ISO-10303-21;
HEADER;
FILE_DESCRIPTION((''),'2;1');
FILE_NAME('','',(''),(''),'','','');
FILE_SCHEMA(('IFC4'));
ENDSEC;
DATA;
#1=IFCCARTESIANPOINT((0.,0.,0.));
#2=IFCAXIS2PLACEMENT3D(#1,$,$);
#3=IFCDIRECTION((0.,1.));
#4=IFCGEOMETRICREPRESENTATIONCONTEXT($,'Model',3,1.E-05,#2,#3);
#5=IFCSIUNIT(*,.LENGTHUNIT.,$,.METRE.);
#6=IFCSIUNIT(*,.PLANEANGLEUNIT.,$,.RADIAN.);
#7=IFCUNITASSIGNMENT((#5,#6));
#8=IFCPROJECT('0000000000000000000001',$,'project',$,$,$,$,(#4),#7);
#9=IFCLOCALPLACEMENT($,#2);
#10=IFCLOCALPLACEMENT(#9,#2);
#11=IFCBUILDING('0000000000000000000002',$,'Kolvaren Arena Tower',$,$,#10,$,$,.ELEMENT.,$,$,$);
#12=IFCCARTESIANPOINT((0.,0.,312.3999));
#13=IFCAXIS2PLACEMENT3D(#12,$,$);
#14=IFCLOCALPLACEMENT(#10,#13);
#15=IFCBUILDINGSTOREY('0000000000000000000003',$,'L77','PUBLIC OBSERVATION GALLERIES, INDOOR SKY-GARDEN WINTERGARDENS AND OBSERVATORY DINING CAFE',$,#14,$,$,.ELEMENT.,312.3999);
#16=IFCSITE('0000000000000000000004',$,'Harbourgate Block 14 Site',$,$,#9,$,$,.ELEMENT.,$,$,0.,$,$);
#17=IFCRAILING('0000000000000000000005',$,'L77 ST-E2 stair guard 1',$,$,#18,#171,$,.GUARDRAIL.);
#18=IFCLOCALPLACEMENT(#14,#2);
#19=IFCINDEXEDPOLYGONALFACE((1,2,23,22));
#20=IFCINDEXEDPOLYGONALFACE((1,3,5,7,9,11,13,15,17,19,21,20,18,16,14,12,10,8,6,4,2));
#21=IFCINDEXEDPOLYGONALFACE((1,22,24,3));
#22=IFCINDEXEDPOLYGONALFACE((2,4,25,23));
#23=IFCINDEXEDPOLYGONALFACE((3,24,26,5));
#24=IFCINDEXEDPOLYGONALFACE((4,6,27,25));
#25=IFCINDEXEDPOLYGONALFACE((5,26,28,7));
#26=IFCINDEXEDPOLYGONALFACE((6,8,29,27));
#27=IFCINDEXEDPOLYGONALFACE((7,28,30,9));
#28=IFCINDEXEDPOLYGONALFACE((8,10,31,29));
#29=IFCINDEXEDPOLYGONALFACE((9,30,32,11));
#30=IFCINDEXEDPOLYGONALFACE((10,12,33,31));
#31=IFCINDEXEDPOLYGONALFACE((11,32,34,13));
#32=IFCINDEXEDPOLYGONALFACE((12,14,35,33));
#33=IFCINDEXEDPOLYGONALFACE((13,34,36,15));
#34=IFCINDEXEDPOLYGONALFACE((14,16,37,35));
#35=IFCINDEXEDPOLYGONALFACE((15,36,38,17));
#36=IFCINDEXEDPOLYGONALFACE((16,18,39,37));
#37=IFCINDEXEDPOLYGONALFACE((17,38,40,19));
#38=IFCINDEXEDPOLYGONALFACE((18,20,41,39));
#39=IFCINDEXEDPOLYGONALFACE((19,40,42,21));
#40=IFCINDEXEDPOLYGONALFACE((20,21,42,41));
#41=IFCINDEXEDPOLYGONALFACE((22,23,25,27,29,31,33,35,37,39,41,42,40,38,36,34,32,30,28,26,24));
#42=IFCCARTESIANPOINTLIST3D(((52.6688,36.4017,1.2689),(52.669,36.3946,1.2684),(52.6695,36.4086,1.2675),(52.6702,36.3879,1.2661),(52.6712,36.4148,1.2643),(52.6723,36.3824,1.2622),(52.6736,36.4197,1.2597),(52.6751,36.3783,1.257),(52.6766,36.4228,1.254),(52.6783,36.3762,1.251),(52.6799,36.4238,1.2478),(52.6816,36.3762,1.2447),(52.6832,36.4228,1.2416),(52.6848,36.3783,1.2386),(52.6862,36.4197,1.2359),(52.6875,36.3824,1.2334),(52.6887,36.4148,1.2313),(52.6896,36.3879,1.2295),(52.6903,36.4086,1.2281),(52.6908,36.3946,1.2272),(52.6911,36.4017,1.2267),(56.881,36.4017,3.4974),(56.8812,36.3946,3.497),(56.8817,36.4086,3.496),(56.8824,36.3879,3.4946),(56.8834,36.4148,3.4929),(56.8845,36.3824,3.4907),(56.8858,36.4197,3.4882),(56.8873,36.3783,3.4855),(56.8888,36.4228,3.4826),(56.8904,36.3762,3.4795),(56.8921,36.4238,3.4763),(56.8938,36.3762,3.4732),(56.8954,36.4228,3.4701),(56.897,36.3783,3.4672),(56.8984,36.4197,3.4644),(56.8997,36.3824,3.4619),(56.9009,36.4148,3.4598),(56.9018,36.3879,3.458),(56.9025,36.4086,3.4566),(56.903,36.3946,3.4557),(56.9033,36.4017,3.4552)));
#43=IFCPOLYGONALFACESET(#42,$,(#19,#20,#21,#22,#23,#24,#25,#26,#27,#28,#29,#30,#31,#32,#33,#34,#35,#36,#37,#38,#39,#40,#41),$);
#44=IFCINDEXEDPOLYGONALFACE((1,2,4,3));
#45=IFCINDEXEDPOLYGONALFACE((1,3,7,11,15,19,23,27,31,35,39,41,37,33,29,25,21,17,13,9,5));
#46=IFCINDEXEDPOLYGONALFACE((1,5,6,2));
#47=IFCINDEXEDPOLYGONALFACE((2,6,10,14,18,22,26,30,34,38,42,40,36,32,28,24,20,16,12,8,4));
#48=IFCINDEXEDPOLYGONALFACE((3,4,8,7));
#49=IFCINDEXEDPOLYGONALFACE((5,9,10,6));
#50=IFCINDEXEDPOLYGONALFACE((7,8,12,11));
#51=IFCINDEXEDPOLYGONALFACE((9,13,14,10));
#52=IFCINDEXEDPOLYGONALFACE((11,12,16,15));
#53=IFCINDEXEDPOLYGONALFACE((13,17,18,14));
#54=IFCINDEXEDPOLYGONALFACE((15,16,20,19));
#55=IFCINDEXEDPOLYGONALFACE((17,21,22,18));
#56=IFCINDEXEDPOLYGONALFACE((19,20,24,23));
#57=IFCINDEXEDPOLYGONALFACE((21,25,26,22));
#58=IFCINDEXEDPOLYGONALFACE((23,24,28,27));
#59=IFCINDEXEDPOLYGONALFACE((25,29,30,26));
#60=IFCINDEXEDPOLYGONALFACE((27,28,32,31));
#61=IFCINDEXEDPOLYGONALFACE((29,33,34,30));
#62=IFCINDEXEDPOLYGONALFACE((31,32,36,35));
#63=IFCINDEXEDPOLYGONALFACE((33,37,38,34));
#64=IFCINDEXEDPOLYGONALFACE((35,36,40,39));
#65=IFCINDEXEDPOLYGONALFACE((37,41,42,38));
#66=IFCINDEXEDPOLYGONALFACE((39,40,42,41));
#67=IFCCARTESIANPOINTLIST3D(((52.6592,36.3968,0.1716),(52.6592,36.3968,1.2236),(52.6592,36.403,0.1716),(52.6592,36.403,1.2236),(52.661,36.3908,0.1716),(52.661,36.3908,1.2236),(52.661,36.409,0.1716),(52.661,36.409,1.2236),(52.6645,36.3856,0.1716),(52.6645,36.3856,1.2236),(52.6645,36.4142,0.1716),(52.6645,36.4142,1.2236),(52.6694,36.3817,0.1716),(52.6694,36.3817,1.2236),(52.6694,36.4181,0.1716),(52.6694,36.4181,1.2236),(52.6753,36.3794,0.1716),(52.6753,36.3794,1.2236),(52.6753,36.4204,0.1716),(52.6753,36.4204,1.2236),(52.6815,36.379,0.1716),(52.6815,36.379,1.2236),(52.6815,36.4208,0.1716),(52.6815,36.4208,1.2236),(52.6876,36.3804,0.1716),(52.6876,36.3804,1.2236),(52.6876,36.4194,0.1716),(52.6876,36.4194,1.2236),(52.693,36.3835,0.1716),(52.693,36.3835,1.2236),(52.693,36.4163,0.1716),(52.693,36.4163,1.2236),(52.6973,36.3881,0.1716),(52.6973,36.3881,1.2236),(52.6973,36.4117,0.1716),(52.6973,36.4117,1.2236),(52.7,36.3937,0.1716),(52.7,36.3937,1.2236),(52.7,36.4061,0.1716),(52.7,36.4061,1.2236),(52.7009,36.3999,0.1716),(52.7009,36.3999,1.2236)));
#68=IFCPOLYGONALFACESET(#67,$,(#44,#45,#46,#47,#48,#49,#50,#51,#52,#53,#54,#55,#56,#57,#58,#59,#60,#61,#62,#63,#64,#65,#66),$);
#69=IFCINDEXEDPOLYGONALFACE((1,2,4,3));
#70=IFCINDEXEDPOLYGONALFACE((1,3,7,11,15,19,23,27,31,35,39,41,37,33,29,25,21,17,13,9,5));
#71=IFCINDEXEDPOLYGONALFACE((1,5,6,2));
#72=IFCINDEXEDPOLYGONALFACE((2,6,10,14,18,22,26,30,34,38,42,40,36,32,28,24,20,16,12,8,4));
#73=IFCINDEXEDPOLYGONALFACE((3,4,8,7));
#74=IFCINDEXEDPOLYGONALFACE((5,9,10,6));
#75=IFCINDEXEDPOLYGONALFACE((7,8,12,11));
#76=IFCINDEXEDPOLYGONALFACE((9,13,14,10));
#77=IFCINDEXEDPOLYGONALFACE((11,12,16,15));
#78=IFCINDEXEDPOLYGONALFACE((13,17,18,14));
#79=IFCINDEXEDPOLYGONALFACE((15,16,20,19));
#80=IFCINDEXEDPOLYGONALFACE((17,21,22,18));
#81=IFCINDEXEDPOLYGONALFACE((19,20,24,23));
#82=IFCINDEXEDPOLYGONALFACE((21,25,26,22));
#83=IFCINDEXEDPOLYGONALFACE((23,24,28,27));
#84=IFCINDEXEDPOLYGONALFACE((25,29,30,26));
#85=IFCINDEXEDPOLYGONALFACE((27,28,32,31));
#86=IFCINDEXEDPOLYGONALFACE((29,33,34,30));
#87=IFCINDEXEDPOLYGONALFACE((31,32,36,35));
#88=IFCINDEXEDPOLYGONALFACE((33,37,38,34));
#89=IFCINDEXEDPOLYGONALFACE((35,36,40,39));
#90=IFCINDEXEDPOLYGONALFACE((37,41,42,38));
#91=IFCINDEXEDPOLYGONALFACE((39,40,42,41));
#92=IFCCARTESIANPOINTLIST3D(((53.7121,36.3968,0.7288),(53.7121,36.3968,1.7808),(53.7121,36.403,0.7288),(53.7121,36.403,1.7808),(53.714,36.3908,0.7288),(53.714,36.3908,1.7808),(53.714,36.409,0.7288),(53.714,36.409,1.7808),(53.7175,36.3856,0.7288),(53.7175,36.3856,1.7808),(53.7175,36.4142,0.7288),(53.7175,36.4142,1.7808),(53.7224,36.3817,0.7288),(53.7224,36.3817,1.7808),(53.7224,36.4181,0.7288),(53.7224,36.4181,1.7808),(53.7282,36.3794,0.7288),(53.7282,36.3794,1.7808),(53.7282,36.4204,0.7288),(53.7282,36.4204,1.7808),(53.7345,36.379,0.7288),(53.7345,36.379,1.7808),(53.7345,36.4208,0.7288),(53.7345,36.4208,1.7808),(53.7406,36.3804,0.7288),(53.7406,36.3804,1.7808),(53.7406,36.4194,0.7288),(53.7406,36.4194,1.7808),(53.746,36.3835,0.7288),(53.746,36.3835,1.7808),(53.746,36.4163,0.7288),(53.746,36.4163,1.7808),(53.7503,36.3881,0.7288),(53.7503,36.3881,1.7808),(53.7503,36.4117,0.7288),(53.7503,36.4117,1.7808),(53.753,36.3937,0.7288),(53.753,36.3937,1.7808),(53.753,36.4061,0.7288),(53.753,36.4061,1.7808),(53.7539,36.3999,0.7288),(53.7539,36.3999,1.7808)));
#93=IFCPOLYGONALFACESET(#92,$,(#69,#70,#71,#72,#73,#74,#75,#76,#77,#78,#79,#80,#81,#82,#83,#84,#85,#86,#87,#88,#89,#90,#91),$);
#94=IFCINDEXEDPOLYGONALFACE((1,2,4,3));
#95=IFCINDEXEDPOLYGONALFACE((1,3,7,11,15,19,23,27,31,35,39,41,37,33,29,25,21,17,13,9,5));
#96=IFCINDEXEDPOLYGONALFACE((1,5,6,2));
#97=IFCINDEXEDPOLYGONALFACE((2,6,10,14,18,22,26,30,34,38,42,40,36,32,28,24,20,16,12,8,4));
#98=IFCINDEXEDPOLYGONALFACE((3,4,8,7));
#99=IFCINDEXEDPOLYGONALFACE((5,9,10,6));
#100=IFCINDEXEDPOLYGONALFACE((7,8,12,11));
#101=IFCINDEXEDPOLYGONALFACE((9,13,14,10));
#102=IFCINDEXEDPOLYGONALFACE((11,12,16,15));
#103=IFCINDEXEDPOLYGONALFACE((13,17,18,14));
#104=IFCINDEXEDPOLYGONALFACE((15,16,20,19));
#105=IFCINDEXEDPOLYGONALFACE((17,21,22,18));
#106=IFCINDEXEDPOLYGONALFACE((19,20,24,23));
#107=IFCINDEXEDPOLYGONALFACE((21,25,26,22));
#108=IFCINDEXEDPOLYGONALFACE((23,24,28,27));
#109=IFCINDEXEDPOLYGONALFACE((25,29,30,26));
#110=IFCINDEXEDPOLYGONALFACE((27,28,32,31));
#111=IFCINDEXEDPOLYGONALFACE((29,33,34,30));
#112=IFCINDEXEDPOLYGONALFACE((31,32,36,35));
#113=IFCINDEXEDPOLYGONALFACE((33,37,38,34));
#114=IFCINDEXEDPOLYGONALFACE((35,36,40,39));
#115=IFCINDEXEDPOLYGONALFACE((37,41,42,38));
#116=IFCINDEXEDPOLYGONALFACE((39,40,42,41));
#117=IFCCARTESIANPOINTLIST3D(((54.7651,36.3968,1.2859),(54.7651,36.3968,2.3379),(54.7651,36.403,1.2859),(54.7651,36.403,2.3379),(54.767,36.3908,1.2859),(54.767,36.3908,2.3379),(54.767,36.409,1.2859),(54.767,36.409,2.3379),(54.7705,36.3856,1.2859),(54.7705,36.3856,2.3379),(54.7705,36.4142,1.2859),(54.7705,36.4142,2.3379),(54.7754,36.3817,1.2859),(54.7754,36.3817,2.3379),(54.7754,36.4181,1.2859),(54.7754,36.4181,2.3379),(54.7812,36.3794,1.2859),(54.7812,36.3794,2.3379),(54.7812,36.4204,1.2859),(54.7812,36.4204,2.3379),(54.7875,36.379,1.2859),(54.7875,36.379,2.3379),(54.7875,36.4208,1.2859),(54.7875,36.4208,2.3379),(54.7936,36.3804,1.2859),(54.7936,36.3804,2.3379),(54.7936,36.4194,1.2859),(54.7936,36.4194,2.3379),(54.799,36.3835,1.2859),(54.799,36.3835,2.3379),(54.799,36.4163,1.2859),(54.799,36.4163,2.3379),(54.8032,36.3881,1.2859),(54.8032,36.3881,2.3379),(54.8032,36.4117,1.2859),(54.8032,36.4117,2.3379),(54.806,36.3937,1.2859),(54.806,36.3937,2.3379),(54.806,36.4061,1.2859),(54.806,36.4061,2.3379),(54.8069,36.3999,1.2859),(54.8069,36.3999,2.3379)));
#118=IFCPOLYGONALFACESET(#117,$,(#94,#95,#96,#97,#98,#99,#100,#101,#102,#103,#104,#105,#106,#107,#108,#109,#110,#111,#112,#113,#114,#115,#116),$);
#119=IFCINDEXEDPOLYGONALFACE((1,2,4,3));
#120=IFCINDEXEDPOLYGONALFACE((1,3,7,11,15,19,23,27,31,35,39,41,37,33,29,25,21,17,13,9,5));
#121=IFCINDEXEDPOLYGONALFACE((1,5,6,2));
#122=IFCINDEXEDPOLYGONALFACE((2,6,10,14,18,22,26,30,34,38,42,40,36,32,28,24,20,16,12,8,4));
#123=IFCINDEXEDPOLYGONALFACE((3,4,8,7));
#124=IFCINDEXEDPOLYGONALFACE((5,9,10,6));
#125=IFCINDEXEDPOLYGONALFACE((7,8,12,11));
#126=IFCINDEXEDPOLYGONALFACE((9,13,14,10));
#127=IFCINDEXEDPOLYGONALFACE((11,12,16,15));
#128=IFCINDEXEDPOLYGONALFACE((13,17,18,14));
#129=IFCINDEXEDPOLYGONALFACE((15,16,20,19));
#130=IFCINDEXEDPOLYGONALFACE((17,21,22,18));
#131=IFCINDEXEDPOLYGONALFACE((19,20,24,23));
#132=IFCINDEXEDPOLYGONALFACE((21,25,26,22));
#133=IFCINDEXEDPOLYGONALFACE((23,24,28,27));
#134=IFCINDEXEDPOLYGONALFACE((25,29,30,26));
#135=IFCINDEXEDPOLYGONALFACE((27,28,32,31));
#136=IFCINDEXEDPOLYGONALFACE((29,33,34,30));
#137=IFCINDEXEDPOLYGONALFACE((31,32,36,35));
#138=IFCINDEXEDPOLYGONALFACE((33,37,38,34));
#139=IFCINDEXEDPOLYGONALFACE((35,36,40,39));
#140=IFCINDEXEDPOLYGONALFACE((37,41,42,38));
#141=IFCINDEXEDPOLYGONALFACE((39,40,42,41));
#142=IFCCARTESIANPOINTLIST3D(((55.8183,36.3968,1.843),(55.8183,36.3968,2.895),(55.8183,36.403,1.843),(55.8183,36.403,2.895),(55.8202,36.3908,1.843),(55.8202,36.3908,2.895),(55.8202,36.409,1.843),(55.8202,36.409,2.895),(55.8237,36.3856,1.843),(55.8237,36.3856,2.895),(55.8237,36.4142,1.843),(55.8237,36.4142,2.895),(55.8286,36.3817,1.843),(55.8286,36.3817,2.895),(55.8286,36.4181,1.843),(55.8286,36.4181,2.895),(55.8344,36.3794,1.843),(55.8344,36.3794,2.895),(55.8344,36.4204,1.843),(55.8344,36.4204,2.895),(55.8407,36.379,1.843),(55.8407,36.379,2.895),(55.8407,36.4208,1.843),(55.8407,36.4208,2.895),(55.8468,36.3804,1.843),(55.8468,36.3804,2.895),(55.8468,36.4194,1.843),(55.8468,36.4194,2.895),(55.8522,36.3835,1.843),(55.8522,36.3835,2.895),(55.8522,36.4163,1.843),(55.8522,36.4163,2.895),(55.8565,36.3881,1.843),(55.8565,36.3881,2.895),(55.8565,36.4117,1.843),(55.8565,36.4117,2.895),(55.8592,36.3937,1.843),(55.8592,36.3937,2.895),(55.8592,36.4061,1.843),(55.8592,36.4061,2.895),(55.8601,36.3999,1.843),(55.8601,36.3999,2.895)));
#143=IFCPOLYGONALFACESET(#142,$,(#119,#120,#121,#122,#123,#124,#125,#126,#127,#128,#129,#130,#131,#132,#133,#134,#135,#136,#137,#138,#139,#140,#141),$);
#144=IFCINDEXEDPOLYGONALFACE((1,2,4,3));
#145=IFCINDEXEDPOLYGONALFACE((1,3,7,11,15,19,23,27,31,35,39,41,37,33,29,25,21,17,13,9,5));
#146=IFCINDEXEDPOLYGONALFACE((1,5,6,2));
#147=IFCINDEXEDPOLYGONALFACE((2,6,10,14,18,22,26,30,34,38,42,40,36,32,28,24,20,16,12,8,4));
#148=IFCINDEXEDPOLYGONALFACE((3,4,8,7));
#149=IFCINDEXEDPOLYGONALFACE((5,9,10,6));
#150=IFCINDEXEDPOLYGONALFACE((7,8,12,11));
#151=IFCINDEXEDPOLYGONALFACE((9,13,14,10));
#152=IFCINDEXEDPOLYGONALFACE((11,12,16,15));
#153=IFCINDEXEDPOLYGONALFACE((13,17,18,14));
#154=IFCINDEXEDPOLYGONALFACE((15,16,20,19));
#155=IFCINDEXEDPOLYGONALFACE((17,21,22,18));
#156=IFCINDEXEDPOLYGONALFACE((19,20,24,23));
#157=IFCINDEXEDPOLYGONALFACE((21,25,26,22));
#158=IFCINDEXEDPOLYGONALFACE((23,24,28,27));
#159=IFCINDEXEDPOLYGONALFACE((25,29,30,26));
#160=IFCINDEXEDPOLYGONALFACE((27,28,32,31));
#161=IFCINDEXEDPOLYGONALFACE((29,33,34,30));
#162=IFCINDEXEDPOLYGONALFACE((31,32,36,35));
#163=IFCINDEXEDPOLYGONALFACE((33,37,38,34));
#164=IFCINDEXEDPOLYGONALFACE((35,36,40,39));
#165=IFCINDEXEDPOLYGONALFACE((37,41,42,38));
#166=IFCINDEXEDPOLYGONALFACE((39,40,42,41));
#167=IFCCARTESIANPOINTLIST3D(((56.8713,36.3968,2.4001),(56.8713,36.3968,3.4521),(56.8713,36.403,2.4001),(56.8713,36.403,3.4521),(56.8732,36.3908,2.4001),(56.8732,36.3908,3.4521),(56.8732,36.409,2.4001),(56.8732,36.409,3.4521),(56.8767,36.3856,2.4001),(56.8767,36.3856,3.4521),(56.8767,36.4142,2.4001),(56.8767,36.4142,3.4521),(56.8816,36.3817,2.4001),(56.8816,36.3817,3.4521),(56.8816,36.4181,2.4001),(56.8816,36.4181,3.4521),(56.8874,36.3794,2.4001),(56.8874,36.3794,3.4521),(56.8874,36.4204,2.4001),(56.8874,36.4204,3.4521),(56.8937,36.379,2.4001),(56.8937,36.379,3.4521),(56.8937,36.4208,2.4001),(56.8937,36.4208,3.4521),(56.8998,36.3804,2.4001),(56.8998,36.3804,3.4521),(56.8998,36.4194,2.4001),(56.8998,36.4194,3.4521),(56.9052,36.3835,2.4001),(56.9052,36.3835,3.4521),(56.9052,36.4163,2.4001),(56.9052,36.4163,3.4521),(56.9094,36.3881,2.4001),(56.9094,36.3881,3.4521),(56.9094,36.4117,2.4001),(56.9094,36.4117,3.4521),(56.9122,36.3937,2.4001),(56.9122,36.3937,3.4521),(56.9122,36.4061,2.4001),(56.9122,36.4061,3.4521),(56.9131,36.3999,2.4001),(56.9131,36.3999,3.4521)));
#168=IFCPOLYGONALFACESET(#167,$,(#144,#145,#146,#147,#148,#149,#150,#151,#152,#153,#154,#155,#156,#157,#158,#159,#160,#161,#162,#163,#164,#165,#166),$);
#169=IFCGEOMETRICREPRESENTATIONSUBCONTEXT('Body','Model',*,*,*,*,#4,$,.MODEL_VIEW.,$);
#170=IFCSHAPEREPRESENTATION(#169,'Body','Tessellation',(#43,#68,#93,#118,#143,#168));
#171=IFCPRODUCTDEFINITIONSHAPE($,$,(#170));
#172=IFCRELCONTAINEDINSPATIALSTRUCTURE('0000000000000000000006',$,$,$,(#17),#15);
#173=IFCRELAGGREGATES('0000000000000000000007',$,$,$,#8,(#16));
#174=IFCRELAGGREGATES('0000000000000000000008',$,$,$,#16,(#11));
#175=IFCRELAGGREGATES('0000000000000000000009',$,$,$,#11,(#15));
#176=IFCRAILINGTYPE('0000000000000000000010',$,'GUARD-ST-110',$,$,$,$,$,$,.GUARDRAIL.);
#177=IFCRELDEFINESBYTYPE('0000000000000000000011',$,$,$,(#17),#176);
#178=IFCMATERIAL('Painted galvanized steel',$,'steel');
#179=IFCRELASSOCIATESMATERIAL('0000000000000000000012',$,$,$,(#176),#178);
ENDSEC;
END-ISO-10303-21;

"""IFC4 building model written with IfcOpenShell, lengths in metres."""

from ifc_helpers import new_model, si_unit, direction, frame, origin, origin_2d, place, context, subcontext, project, spatial, circle, extrude, material, type_object, element, save


model = new_model("IFC4")

# Units and contexts
model_context = context("Model", 3, precision=1e-05, world=origin(), true_north=direction((0.0, 1.0)))
body_context = subcontext(model_context, "Body", "Model", "MODEL_VIEW")
ifc_project = project(units=[si_unit("LENGTHUNIT", "METRE"), si_unit("PLANEANGLEUNIT", "RADIAN")], contexts=[model_context])

# Site, building, storey
site_placement = place(None, origin())
site = spatial("IfcSite", under=ifc_project, at=site_placement, Name="Harbourgate Block 14 Site", CompositionType="ELEMENT", RefElevation=0.0)
building_placement = place(site_placement, origin())
building = spatial("IfcBuilding", under=site, at=building_placement, Name="Kolvaren Arena Tower", CompositionType="ELEMENT")
storey_placement = place(building_placement, frame((0.0, 0.0, 312.3999)))
storey = spatial("IfcBuildingStorey", under=building, at=storey_placement, Name="L77", Description="PUBLIC OBSERVATION GALLERIES, INDOOR SKY-GARDEN WINTERGARDENS AND OBSERVATORY DINING CAFE", CompositionType="ELEMENT", Elevation=312.3999)

# Railing
ifc_material_1 = material(Name="Painted galvanized steel", Category="steel")
railing_type_1 = type_object("IfcRailingType", Name="GUARD-ST-110", PredefinedType="GUARDRAIL", material=ifc_material_1)
railing_1_placement = place(storey_placement, frame((52.6799, 36.3999, 0.1716)))
element("IfcRailing", 1, at=railing_1_placement, inside=storey, type_object=railing_type_1, Name="L77 ST-E2 stair guard 1", PredefinedType="GUARDRAIL", context=body_context, shape_type="SweptSolid", body=[
    extrude(circle(Radius=0.0239, at=origin_2d()), frame((0.0, 0.0, 1.0762), z_axis=(0.883914, 0.0, 0.46765), x_axis=(0.0, 1.0, 0.0)), (0.0, 0.0, 1.0), 4.7654),
    extrude(circle(Radius=0.021, at=origin_2d()), origin(), (0.0, 0.0, 1.0), 1.052),
    extrude(circle(Radius=0.021, at=origin_2d()), frame((1.053, 0.0, 0.5571)), (0.0, 0.0, 1.0), 1.052),
    extrude(circle(Radius=0.021, at=origin_2d()), frame((2.106, 0.0, 1.1143)), (0.0, 0.0, 1.0), 1.052),
    extrude(circle(Radius=0.021, at=origin_2d()), frame((3.1592, 0.0, 1.6714)), (0.0, 0.0, 1.0), 1.052),
    extrude(circle(Radius=0.021, at=origin_2d()), frame((4.2122, 0.0, 2.2285)), (0.0, 0.0, 1.0), 1.052),
])

save(model, "model.ifc")
